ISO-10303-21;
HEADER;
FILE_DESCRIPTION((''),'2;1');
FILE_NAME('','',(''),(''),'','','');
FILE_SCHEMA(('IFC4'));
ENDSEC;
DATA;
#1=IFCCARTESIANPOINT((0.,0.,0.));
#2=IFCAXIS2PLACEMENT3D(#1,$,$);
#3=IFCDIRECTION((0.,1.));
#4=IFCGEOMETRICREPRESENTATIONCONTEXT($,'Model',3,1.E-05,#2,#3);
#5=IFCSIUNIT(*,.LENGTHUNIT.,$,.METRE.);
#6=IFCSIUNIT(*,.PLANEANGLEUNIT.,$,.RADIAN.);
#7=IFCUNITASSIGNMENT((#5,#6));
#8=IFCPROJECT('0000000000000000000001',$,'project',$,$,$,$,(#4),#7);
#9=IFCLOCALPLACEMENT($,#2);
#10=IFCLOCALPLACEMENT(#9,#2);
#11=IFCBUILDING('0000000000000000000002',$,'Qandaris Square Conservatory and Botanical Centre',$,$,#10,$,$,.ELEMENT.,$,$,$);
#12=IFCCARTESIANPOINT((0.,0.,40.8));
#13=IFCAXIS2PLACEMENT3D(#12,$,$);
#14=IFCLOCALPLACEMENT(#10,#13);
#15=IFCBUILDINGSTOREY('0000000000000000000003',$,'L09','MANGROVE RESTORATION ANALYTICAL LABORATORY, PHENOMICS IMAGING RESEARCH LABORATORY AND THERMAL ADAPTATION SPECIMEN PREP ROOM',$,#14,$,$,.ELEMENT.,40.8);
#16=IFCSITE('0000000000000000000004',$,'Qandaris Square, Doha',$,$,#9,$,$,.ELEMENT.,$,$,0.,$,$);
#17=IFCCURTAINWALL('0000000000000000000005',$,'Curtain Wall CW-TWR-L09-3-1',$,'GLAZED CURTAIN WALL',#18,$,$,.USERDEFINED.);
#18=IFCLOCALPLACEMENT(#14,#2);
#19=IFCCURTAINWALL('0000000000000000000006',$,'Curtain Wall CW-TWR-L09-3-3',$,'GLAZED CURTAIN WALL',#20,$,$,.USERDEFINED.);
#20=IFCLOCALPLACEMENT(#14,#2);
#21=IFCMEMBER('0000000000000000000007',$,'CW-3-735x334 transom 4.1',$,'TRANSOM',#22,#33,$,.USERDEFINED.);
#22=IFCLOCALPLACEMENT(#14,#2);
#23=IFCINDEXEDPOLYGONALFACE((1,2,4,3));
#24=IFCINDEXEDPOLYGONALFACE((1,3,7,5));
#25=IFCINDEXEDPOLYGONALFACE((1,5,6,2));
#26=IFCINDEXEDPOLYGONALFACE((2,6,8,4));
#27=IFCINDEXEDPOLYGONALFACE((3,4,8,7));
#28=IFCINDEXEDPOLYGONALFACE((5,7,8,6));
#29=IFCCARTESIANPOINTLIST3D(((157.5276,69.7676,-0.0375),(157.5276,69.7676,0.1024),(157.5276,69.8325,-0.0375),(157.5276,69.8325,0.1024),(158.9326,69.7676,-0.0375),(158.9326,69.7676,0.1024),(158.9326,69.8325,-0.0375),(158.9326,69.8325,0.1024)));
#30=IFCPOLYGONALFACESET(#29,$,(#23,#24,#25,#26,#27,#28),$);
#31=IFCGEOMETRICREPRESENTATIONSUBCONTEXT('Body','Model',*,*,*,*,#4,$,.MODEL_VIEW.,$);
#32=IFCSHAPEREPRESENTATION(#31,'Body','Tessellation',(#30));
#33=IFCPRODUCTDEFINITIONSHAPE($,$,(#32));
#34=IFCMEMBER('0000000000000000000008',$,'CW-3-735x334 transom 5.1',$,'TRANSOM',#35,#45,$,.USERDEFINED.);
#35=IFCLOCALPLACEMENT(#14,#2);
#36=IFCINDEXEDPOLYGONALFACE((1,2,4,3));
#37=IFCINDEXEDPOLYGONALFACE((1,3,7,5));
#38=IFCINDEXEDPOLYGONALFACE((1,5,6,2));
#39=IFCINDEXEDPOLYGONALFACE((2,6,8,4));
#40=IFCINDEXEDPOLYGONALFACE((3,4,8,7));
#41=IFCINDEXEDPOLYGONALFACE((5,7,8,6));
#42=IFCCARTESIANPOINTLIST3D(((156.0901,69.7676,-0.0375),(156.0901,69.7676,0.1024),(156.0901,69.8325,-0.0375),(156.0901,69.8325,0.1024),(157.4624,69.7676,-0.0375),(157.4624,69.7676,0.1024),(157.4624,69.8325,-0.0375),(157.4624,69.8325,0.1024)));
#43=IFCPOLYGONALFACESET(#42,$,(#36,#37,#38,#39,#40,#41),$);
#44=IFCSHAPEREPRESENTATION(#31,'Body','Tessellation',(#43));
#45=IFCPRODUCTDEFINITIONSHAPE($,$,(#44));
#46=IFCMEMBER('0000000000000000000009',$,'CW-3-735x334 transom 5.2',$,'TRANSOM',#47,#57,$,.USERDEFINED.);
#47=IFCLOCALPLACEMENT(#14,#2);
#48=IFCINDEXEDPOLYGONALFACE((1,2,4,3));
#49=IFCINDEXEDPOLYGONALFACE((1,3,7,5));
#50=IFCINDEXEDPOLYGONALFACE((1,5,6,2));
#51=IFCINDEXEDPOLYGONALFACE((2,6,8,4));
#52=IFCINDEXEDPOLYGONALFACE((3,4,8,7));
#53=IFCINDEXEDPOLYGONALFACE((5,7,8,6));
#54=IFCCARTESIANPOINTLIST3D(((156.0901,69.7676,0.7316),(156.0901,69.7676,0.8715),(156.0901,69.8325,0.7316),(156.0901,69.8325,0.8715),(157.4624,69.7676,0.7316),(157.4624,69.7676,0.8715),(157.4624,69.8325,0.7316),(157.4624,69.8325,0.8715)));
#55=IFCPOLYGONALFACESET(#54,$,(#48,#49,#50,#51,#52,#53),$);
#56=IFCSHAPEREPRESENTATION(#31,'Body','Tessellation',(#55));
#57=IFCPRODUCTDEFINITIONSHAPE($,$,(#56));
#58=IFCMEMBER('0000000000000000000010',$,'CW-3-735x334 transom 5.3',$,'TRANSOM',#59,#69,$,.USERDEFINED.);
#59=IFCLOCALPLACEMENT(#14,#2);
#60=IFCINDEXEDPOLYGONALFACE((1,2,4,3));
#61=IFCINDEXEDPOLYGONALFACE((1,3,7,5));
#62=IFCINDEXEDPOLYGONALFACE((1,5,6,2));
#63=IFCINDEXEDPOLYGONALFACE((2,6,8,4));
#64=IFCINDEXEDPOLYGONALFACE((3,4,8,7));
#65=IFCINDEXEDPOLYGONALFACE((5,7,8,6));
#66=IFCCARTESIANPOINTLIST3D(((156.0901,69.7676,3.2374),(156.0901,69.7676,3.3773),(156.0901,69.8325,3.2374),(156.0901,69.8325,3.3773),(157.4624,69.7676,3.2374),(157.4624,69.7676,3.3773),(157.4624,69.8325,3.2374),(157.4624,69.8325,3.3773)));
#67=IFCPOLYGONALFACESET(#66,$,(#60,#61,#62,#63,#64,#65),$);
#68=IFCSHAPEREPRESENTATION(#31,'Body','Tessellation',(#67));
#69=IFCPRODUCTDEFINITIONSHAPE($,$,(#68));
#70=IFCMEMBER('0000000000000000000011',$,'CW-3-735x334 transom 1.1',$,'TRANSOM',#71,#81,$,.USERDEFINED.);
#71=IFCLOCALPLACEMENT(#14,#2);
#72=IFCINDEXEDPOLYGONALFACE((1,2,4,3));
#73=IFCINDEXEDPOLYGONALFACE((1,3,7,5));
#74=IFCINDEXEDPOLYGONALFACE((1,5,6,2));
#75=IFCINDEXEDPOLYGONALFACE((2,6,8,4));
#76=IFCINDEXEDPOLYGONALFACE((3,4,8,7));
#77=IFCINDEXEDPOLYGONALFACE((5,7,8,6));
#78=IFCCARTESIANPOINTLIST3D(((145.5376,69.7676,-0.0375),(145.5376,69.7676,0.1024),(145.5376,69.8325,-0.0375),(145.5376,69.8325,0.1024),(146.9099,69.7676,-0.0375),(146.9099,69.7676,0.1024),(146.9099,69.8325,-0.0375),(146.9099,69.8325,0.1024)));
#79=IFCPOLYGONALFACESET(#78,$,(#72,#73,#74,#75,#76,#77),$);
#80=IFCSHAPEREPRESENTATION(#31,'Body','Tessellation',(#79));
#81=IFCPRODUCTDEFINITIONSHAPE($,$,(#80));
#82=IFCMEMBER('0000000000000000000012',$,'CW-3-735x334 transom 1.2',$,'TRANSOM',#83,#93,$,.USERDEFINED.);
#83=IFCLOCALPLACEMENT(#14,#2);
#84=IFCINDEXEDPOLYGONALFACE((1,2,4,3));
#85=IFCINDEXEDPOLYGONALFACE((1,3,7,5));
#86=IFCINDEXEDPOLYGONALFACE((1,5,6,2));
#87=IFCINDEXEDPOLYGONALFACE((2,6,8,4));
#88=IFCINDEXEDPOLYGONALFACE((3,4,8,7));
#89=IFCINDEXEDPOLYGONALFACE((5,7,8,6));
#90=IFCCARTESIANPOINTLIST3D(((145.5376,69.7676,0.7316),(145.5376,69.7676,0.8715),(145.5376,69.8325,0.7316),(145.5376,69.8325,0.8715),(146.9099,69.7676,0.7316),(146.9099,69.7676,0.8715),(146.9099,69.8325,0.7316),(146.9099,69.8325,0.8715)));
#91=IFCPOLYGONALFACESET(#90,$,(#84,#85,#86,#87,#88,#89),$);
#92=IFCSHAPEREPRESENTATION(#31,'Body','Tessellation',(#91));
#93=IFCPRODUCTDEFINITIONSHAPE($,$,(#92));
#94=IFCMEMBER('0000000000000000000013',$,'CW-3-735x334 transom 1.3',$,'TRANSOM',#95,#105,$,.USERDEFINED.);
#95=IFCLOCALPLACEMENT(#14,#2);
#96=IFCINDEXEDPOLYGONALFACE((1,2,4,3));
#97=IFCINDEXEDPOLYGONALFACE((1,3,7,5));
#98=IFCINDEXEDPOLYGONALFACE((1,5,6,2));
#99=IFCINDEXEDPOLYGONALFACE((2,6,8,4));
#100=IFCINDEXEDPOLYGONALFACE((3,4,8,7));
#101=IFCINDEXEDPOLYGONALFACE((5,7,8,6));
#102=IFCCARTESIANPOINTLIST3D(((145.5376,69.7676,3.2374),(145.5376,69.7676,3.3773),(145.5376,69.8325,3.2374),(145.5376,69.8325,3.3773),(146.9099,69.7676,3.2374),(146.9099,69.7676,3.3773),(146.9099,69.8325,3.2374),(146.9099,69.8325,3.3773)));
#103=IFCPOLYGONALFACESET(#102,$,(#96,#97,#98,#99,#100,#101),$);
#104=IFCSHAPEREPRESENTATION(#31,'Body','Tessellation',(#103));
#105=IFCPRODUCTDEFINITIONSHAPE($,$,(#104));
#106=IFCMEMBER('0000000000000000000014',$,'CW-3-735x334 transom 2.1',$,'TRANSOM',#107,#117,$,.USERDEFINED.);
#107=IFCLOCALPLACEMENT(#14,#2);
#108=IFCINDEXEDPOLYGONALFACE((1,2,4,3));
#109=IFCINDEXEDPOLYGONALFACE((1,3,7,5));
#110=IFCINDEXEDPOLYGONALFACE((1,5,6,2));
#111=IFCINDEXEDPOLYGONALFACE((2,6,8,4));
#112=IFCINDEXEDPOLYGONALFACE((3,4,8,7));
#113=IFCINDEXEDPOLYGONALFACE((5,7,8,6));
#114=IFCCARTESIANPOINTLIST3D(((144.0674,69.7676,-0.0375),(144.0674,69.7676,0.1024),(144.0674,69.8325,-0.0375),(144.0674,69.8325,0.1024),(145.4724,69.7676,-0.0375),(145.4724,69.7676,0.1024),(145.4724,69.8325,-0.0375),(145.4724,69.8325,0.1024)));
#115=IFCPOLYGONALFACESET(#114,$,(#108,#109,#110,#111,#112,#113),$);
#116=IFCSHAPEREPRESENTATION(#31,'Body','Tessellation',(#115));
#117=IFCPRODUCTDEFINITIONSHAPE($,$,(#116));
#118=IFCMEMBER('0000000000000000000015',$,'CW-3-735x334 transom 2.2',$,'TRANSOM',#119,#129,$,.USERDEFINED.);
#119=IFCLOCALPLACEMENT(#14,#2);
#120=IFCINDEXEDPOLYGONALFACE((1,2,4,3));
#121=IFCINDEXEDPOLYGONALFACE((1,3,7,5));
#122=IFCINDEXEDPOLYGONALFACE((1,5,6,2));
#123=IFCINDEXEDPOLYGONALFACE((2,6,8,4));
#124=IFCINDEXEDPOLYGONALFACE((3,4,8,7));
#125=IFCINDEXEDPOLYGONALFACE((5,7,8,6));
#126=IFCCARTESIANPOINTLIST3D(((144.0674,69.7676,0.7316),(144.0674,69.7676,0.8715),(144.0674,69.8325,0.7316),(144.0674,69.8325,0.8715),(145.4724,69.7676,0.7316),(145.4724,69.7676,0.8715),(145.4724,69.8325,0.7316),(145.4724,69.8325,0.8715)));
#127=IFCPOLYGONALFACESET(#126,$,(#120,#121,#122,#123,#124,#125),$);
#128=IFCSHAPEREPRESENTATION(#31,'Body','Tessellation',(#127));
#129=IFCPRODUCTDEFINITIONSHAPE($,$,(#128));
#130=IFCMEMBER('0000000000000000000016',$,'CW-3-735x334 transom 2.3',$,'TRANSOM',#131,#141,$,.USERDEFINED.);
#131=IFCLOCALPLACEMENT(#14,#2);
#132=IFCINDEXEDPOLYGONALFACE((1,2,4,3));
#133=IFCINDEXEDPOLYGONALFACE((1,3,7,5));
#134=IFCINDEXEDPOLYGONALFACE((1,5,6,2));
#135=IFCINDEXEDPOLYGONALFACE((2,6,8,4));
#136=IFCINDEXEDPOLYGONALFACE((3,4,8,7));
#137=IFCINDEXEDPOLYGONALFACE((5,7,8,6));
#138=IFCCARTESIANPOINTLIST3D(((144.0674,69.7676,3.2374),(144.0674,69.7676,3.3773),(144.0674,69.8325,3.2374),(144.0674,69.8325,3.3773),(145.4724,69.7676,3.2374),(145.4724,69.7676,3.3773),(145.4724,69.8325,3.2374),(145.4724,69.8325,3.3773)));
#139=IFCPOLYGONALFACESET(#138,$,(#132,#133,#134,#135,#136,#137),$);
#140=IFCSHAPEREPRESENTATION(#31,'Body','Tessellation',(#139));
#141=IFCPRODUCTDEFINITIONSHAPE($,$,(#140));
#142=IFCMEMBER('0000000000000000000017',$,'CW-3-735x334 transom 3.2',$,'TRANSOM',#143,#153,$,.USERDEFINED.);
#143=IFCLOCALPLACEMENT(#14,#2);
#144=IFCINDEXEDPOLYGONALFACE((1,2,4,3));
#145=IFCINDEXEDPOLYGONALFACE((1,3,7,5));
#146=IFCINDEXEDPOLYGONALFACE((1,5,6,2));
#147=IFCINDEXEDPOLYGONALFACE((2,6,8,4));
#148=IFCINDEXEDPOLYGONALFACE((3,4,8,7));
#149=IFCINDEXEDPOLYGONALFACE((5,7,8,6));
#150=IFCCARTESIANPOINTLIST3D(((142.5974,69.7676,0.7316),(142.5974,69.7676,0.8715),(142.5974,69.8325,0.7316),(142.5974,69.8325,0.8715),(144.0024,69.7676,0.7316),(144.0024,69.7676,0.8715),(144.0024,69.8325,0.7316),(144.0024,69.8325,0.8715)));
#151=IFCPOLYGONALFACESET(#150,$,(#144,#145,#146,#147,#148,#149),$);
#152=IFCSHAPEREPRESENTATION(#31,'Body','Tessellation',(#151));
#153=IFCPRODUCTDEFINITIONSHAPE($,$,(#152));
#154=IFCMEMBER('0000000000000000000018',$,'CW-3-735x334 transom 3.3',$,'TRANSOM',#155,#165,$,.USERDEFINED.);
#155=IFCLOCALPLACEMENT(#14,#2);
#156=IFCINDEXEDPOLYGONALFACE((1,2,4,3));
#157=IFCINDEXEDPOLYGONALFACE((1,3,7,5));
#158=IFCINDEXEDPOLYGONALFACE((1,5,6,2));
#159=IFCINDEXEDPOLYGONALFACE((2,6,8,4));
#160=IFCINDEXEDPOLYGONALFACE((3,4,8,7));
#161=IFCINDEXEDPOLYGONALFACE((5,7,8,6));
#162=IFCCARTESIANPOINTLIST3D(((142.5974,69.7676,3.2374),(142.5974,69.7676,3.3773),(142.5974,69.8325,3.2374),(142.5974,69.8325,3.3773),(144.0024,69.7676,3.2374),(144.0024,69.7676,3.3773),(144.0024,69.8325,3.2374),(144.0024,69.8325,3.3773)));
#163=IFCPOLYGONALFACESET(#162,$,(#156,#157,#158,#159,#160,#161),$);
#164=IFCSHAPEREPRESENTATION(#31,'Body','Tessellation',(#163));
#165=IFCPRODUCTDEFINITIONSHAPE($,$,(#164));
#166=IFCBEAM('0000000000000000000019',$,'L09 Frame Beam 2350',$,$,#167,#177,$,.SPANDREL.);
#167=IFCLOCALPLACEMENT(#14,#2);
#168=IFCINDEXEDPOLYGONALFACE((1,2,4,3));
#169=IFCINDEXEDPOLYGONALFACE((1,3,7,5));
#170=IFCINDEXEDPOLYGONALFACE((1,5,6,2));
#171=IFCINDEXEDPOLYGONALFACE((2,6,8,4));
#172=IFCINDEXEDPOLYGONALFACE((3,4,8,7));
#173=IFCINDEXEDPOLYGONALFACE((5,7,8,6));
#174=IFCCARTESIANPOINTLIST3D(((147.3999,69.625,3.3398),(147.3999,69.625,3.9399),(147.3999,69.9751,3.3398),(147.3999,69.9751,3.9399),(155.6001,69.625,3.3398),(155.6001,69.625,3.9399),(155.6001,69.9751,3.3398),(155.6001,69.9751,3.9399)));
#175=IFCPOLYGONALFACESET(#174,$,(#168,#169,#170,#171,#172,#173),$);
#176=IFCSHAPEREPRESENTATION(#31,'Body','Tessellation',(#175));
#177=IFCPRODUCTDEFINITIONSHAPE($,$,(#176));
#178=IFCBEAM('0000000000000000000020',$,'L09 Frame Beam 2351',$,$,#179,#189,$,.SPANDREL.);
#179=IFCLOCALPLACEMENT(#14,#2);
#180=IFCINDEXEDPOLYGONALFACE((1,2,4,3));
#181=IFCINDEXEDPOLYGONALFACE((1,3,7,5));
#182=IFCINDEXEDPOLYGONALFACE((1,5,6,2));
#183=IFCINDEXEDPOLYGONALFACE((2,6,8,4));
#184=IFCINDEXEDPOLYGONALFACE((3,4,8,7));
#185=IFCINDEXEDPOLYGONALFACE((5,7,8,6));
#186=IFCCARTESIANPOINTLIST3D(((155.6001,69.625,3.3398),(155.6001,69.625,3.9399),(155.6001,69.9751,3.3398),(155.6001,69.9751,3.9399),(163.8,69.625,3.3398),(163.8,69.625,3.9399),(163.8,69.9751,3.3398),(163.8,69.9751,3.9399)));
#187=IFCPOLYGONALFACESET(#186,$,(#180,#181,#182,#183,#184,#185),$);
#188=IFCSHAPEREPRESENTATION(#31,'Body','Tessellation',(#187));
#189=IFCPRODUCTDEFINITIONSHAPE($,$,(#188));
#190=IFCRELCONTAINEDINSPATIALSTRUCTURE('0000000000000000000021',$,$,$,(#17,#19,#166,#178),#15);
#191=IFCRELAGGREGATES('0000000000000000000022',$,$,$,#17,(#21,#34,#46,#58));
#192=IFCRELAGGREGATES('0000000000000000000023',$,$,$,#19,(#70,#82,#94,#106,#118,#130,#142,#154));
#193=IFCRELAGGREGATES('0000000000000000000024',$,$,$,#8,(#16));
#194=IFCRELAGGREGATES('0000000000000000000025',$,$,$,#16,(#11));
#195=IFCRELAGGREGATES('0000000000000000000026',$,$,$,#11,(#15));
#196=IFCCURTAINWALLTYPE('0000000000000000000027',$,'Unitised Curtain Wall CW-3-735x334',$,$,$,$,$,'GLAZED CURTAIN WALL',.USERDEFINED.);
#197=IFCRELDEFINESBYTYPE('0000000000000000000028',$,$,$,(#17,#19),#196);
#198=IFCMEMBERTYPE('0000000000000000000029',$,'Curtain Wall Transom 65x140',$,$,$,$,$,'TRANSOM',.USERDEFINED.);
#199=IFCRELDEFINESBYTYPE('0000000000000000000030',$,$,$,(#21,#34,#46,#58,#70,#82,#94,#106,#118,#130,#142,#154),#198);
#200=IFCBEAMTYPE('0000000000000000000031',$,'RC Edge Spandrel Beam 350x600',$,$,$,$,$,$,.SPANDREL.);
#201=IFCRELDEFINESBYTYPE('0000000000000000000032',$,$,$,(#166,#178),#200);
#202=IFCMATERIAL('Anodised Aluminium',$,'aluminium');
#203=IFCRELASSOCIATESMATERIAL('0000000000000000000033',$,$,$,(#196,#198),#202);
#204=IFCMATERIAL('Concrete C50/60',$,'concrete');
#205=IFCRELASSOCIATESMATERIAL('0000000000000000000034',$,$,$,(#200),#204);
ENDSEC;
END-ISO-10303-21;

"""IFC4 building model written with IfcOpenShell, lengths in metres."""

from ifc_helpers import new_model, si_unit, direction, frame, origin, origin_2d, place, context, subcontext, project, spatial, rectangle, extrude, material, material_profile, profile_set, type_object, element, aggregate, save


model = new_model("IFC4")

# Units and contexts
model_context = context("Model", 3, precision=1e-05, world=origin(), true_north=direction((0.0, 1.0)))
body_context = subcontext(model_context, "Body", "Model", "MODEL_VIEW")
ifc_project = project(units=[si_unit("LENGTHUNIT", "METRE"), si_unit("PLANEANGLEUNIT", "RADIAN")], contexts=[model_context])

# Site, building, storey
site_placement = place(None, origin())
site = spatial("IfcSite", under=ifc_project, at=site_placement, Name="Qandaris Square, Doha", CompositionType="ELEMENT", RefElevation=0.0)
building_placement = place(site_placement, origin())
building = spatial("IfcBuilding", under=site, at=building_placement, Name="Qandaris Square Conservatory and Botanical Centre", CompositionType="ELEMENT")
storey_placement = place(building_placement, frame((0.0, 0.0, 40.8)))
storey = spatial("IfcBuildingStorey", under=building, at=storey_placement, Name="L09", Description="MANGROVE RESTORATION ANALYTICAL LABORATORY, PHENOMICS IMAGING RESEARCH LABORATORY AND THERMAL ADAPTATION SPECIMEN PREP ROOM", CompositionType="ELEMENT", Elevation=40.8)

# Shared definitions
ifc_material_1 = material(Name="Concrete C50/60", Category="concrete")

# Curtain walls
ifc_material_2 = material(Name="Anodised Aluminium", Category="aluminium")
curtain_wall_type = type_object("IfcCurtainWallType", Name="Unitised Curtain Wall CW-3-735x334", ElementType="GLAZED CURTAIN WALL", PredefinedType="USERDEFINED", material=ifc_material_2)
curtain_wall_1_placement = place(storey_placement, origin())
curtain_wall_1 = element("IfcCurtainWall", 1, at=curtain_wall_1_placement, inside=storey, type_object=curtain_wall_type, Name="Curtain Wall CW-TWR-L09-3-1", ObjectType="GLAZED CURTAIN WALL", PredefinedType="USERDEFINED")
curtain_wall_2_placement = place(storey_placement, origin())
curtain_wall_2 = element("IfcCurtainWall", 2, at=curtain_wall_2_placement, inside=storey, type_object=curtain_wall_type, Name="Curtain Wall CW-TWR-L09-3-3", ObjectType="GLAZED CURTAIN WALL", PredefinedType="USERDEFINED")

# Members
ifc_material_profile_1 = material_profile(ifc_material_2, rectangle(XDim=0.0649, YDim=0.1399, at=origin_2d()), Name="ALU-TRN 65x140")
ifc_profile_set_1 = profile_set([ifc_material_profile_1], Name="Anodised Aluminium")
member_type_1 = type_object("IfcMemberType", Name="Curtain Wall Transom 65x140", ElementType="TRANSOM", PredefinedType="USERDEFINED", material=ifc_profile_set_1)
member_1_placement = place(storey_placement, frame((158.9326, 69.8, 0.0325), z_axis=(-1.0, 0.0, 0.0), x_axis=(0.0, -1.0, 0.0)))
member_1 = element("IfcMember", 3, at=member_1_placement, type_object=member_type_1, Name="CW-3-735x334 transom 4.1", ObjectType="TRANSOM", PredefinedType="USERDEFINED", context=body_context, shape_type="SweptSolid", body=[
    extrude(rectangle(XDim=0.0649, YDim=0.1399, at=origin_2d()), origin(), (0.0, 0.0, 1.0), 1.405),
])
member_2_placement = place(storey_placement, frame((157.4624, 69.8, 0.0325), z_axis=(-1.0, 0.0, 0.0), x_axis=(0.0, -1.0, 0.0)))
member_2 = element("IfcMember", 4, at=member_2_placement, type_object=member_type_1, Name="CW-3-735x334 transom 5.1", ObjectType="TRANSOM", PredefinedType="USERDEFINED", context=body_context, shape_type="SweptSolid", body=[
    extrude(rectangle(XDim=0.0649, YDim=0.1399, at=origin_2d()), origin(), (0.0, 0.0, 1.0), 1.3723),
])
member_3_placement = place(storey_placement, frame((157.4624, 69.8, 0.8015), z_axis=(-1.0, 0.0, 0.0), x_axis=(0.0, -1.0, 0.0)))
member_3 = element("IfcMember", 5, at=member_3_placement, type_object=member_type_1, Name="CW-3-735x334 transom 5.2", ObjectType="TRANSOM", PredefinedType="USERDEFINED", context=body_context, shape_type="SweptSolid", body=[
    extrude(rectangle(XDim=0.0649, YDim=0.1399, at=origin_2d()), origin(), (0.0, 0.0, 1.0), 1.3723),
])
member_4_placement = place(storey_placement, frame((157.4624, 69.8, 3.3074), z_axis=(-1.0, 0.0, 0.0), x_axis=(0.0, -1.0, 0.0)))
member_4 = element("IfcMember", 6, at=member_4_placement, type_object=member_type_1, Name="CW-3-735x334 transom 5.3", ObjectType="TRANSOM", PredefinedType="USERDEFINED", context=body_context, shape_type="SweptSolid", body=[
    extrude(rectangle(XDim=0.0649, YDim=0.1399, at=origin_2d()), origin(), (0.0, 0.0, 1.0), 1.3723),
])
member_5_placement = place(storey_placement, frame((146.9099, 69.8, 0.0325), z_axis=(-1.0, 0.0, 0.0), x_axis=(0.0, -1.0, 0.0)))
member_5 = element("IfcMember", 7, at=member_5_placement, type_object=member_type_1, Name="CW-3-735x334 transom 1.1", ObjectType="TRANSOM", PredefinedType="USERDEFINED", context=body_context, shape_type="SweptSolid", body=[
    extrude(rectangle(XDim=0.0649, YDim=0.1399, at=origin_2d()), origin(), (0.0, 0.0, 1.0), 1.3723),
])
member_6_placement = place(storey_placement, frame((146.9099, 69.8, 0.8015), z_axis=(-1.0, 0.0, 0.0), x_axis=(0.0, -1.0, 0.0)))
member_6 = element("IfcMember", 8, at=member_6_placement, type_object=member_type_1, Name="CW-3-735x334 transom 1.2", ObjectType="TRANSOM", PredefinedType="USERDEFINED", context=body_context, shape_type="SweptSolid", body=[
    extrude(rectangle(XDim=0.0649, YDim=0.1399, at=origin_2d()), origin(), (0.0, 0.0, 1.0), 1.3723),
])
member_7_placement = place(storey_placement, frame((146.9099, 69.8, 3.3074), z_axis=(-1.0, 0.0, 0.0), x_axis=(0.0, -1.0, 0.0)))
member_7 = element("IfcMember", 9, at=member_7_placement, type_object=member_type_1, Name="CW-3-735x334 transom 1.3", ObjectType="TRANSOM", PredefinedType="USERDEFINED", context=body_context, shape_type="SweptSolid", body=[
    extrude(rectangle(XDim=0.0649, YDim=0.1399, at=origin_2d()), origin(), (0.0, 0.0, 1.0), 1.3723),
])
member_8_placement = place(storey_placement, frame((145.4724, 69.8, 0.0325), z_axis=(-1.0, 0.0, 0.0), x_axis=(0.0, -1.0, 0.0)))
member_8 = element("IfcMember", 10, at=member_8_placement, type_object=member_type_1, Name="CW-3-735x334 transom 2.1", ObjectType="TRANSOM", PredefinedType="USERDEFINED", context=body_context, shape_type="SweptSolid", body=[
    extrude(rectangle(XDim=0.0649, YDim=0.1399, at=origin_2d()), origin(), (0.0, 0.0, 1.0), 1.405),
])
member_9_placement = place(storey_placement, frame((145.4724, 69.8, 0.8015), z_axis=(-1.0, 0.0, 0.0), x_axis=(0.0, -1.0, 0.0)))
member_9 = element("IfcMember", 11, at=member_9_placement, type_object=member_type_1, Name="CW-3-735x334 transom 2.2", ObjectType="TRANSOM", PredefinedType="USERDEFINED", context=body_context, shape_type="SweptSolid", body=[
    extrude(rectangle(XDim=0.0649, YDim=0.1399, at=origin_2d()), origin(), (0.0, 0.0, 1.0), 1.405),
])
member_10_placement = place(storey_placement, frame((145.4724, 69.8, 3.3074), z_axis=(-1.0, 0.0, 0.0), x_axis=(0.0, -1.0, 0.0)))
member_10 = element("IfcMember", 12, at=member_10_placement, type_object=member_type_1, Name="CW-3-735x334 transom 2.3", ObjectType="TRANSOM", PredefinedType="USERDEFINED", context=body_context, shape_type="SweptSolid", body=[
    extrude(rectangle(XDim=0.0649, YDim=0.1399, at=origin_2d()), origin(), (0.0, 0.0, 1.0), 1.405),
])
member_11_placement = place(storey_placement, frame((144.0024, 69.8, 0.8015), z_axis=(-1.0, 0.0, 0.0), x_axis=(0.0, -1.0, 0.0)))
member_11 = element("IfcMember", 13, at=member_11_placement, type_object=member_type_1, Name="CW-3-735x334 transom 3.2", ObjectType="TRANSOM", PredefinedType="USERDEFINED", context=body_context, shape_type="SweptSolid", body=[
    extrude(rectangle(XDim=0.0649, YDim=0.1399, at=origin_2d()), origin(), (0.0, 0.0, 1.0), 1.405),
])
member_12_placement = place(storey_placement, frame((144.0024, 69.8, 3.3074), z_axis=(-1.0, 0.0, 0.0), x_axis=(0.0, -1.0, 0.0)))
member_12 = element("IfcMember", 14, at=member_12_placement, type_object=member_type_1, Name="CW-3-735x334 transom 3.3", ObjectType="TRANSOM", PredefinedType="USERDEFINED", context=body_context, shape_type="SweptSolid", body=[
    extrude(rectangle(XDim=0.0649, YDim=0.1399, at=origin_2d()), origin(), (0.0, 0.0, 1.0), 1.405),
])

# Beams
ifc_material_profile_2 = material_profile(ifc_material_1, rectangle(XDim=0.3501, YDim=0.6001, at=origin_2d()), Name="RC-SP 350x600")
ifc_profile_set_2 = profile_set([ifc_material_profile_2], Name="Concrete C50/60")
beam_type_1 = type_object("IfcBeamType", Name="RC Edge Spandrel Beam 350x600", PredefinedType="SPANDREL", material=ifc_profile_set_2)
beam_1_placement = place(storey_placement, frame((147.3999, 69.8, 3.6399), z_axis=(1.0, 0.0, 0.0), x_axis=(0.0, 1.0, 0.0)))
element("IfcBeam", 15, at=beam_1_placement, inside=storey, type_object=beam_type_1, Name="L09 Frame Beam 2350", PredefinedType="SPANDREL", context=body_context, shape_type="SweptSolid", body=[
    extrude(rectangle(XDim=0.3501, YDim=0.6001, at=origin_2d()), origin(), (0.0, 0.0, 1.0), 8.2002),
])
beam_2_placement = place(storey_placement, frame((155.6001, 69.8, 3.6399), z_axis=(1.0, 0.0, 0.0), x_axis=(0.0, 1.0, 0.0)))
element("IfcBeam", 16, at=beam_2_placement, inside=storey, type_object=beam_type_1, Name="L09 Frame Beam 2351", PredefinedType="SPANDREL", context=body_context, shape_type="SweptSolid", body=[
    extrude(rectangle(XDim=0.3501, YDim=0.6001, at=origin_2d()), origin(), (0.0, 0.0, 1.0), 8.2),
])

aggregate(curtain_wall_1, [member_1, member_2, member_3, member_4])
aggregate(curtain_wall_2, [member_5, member_6, member_7, member_8, member_9, member_10, member_11, member_12])

save(model, "model.ifc")
